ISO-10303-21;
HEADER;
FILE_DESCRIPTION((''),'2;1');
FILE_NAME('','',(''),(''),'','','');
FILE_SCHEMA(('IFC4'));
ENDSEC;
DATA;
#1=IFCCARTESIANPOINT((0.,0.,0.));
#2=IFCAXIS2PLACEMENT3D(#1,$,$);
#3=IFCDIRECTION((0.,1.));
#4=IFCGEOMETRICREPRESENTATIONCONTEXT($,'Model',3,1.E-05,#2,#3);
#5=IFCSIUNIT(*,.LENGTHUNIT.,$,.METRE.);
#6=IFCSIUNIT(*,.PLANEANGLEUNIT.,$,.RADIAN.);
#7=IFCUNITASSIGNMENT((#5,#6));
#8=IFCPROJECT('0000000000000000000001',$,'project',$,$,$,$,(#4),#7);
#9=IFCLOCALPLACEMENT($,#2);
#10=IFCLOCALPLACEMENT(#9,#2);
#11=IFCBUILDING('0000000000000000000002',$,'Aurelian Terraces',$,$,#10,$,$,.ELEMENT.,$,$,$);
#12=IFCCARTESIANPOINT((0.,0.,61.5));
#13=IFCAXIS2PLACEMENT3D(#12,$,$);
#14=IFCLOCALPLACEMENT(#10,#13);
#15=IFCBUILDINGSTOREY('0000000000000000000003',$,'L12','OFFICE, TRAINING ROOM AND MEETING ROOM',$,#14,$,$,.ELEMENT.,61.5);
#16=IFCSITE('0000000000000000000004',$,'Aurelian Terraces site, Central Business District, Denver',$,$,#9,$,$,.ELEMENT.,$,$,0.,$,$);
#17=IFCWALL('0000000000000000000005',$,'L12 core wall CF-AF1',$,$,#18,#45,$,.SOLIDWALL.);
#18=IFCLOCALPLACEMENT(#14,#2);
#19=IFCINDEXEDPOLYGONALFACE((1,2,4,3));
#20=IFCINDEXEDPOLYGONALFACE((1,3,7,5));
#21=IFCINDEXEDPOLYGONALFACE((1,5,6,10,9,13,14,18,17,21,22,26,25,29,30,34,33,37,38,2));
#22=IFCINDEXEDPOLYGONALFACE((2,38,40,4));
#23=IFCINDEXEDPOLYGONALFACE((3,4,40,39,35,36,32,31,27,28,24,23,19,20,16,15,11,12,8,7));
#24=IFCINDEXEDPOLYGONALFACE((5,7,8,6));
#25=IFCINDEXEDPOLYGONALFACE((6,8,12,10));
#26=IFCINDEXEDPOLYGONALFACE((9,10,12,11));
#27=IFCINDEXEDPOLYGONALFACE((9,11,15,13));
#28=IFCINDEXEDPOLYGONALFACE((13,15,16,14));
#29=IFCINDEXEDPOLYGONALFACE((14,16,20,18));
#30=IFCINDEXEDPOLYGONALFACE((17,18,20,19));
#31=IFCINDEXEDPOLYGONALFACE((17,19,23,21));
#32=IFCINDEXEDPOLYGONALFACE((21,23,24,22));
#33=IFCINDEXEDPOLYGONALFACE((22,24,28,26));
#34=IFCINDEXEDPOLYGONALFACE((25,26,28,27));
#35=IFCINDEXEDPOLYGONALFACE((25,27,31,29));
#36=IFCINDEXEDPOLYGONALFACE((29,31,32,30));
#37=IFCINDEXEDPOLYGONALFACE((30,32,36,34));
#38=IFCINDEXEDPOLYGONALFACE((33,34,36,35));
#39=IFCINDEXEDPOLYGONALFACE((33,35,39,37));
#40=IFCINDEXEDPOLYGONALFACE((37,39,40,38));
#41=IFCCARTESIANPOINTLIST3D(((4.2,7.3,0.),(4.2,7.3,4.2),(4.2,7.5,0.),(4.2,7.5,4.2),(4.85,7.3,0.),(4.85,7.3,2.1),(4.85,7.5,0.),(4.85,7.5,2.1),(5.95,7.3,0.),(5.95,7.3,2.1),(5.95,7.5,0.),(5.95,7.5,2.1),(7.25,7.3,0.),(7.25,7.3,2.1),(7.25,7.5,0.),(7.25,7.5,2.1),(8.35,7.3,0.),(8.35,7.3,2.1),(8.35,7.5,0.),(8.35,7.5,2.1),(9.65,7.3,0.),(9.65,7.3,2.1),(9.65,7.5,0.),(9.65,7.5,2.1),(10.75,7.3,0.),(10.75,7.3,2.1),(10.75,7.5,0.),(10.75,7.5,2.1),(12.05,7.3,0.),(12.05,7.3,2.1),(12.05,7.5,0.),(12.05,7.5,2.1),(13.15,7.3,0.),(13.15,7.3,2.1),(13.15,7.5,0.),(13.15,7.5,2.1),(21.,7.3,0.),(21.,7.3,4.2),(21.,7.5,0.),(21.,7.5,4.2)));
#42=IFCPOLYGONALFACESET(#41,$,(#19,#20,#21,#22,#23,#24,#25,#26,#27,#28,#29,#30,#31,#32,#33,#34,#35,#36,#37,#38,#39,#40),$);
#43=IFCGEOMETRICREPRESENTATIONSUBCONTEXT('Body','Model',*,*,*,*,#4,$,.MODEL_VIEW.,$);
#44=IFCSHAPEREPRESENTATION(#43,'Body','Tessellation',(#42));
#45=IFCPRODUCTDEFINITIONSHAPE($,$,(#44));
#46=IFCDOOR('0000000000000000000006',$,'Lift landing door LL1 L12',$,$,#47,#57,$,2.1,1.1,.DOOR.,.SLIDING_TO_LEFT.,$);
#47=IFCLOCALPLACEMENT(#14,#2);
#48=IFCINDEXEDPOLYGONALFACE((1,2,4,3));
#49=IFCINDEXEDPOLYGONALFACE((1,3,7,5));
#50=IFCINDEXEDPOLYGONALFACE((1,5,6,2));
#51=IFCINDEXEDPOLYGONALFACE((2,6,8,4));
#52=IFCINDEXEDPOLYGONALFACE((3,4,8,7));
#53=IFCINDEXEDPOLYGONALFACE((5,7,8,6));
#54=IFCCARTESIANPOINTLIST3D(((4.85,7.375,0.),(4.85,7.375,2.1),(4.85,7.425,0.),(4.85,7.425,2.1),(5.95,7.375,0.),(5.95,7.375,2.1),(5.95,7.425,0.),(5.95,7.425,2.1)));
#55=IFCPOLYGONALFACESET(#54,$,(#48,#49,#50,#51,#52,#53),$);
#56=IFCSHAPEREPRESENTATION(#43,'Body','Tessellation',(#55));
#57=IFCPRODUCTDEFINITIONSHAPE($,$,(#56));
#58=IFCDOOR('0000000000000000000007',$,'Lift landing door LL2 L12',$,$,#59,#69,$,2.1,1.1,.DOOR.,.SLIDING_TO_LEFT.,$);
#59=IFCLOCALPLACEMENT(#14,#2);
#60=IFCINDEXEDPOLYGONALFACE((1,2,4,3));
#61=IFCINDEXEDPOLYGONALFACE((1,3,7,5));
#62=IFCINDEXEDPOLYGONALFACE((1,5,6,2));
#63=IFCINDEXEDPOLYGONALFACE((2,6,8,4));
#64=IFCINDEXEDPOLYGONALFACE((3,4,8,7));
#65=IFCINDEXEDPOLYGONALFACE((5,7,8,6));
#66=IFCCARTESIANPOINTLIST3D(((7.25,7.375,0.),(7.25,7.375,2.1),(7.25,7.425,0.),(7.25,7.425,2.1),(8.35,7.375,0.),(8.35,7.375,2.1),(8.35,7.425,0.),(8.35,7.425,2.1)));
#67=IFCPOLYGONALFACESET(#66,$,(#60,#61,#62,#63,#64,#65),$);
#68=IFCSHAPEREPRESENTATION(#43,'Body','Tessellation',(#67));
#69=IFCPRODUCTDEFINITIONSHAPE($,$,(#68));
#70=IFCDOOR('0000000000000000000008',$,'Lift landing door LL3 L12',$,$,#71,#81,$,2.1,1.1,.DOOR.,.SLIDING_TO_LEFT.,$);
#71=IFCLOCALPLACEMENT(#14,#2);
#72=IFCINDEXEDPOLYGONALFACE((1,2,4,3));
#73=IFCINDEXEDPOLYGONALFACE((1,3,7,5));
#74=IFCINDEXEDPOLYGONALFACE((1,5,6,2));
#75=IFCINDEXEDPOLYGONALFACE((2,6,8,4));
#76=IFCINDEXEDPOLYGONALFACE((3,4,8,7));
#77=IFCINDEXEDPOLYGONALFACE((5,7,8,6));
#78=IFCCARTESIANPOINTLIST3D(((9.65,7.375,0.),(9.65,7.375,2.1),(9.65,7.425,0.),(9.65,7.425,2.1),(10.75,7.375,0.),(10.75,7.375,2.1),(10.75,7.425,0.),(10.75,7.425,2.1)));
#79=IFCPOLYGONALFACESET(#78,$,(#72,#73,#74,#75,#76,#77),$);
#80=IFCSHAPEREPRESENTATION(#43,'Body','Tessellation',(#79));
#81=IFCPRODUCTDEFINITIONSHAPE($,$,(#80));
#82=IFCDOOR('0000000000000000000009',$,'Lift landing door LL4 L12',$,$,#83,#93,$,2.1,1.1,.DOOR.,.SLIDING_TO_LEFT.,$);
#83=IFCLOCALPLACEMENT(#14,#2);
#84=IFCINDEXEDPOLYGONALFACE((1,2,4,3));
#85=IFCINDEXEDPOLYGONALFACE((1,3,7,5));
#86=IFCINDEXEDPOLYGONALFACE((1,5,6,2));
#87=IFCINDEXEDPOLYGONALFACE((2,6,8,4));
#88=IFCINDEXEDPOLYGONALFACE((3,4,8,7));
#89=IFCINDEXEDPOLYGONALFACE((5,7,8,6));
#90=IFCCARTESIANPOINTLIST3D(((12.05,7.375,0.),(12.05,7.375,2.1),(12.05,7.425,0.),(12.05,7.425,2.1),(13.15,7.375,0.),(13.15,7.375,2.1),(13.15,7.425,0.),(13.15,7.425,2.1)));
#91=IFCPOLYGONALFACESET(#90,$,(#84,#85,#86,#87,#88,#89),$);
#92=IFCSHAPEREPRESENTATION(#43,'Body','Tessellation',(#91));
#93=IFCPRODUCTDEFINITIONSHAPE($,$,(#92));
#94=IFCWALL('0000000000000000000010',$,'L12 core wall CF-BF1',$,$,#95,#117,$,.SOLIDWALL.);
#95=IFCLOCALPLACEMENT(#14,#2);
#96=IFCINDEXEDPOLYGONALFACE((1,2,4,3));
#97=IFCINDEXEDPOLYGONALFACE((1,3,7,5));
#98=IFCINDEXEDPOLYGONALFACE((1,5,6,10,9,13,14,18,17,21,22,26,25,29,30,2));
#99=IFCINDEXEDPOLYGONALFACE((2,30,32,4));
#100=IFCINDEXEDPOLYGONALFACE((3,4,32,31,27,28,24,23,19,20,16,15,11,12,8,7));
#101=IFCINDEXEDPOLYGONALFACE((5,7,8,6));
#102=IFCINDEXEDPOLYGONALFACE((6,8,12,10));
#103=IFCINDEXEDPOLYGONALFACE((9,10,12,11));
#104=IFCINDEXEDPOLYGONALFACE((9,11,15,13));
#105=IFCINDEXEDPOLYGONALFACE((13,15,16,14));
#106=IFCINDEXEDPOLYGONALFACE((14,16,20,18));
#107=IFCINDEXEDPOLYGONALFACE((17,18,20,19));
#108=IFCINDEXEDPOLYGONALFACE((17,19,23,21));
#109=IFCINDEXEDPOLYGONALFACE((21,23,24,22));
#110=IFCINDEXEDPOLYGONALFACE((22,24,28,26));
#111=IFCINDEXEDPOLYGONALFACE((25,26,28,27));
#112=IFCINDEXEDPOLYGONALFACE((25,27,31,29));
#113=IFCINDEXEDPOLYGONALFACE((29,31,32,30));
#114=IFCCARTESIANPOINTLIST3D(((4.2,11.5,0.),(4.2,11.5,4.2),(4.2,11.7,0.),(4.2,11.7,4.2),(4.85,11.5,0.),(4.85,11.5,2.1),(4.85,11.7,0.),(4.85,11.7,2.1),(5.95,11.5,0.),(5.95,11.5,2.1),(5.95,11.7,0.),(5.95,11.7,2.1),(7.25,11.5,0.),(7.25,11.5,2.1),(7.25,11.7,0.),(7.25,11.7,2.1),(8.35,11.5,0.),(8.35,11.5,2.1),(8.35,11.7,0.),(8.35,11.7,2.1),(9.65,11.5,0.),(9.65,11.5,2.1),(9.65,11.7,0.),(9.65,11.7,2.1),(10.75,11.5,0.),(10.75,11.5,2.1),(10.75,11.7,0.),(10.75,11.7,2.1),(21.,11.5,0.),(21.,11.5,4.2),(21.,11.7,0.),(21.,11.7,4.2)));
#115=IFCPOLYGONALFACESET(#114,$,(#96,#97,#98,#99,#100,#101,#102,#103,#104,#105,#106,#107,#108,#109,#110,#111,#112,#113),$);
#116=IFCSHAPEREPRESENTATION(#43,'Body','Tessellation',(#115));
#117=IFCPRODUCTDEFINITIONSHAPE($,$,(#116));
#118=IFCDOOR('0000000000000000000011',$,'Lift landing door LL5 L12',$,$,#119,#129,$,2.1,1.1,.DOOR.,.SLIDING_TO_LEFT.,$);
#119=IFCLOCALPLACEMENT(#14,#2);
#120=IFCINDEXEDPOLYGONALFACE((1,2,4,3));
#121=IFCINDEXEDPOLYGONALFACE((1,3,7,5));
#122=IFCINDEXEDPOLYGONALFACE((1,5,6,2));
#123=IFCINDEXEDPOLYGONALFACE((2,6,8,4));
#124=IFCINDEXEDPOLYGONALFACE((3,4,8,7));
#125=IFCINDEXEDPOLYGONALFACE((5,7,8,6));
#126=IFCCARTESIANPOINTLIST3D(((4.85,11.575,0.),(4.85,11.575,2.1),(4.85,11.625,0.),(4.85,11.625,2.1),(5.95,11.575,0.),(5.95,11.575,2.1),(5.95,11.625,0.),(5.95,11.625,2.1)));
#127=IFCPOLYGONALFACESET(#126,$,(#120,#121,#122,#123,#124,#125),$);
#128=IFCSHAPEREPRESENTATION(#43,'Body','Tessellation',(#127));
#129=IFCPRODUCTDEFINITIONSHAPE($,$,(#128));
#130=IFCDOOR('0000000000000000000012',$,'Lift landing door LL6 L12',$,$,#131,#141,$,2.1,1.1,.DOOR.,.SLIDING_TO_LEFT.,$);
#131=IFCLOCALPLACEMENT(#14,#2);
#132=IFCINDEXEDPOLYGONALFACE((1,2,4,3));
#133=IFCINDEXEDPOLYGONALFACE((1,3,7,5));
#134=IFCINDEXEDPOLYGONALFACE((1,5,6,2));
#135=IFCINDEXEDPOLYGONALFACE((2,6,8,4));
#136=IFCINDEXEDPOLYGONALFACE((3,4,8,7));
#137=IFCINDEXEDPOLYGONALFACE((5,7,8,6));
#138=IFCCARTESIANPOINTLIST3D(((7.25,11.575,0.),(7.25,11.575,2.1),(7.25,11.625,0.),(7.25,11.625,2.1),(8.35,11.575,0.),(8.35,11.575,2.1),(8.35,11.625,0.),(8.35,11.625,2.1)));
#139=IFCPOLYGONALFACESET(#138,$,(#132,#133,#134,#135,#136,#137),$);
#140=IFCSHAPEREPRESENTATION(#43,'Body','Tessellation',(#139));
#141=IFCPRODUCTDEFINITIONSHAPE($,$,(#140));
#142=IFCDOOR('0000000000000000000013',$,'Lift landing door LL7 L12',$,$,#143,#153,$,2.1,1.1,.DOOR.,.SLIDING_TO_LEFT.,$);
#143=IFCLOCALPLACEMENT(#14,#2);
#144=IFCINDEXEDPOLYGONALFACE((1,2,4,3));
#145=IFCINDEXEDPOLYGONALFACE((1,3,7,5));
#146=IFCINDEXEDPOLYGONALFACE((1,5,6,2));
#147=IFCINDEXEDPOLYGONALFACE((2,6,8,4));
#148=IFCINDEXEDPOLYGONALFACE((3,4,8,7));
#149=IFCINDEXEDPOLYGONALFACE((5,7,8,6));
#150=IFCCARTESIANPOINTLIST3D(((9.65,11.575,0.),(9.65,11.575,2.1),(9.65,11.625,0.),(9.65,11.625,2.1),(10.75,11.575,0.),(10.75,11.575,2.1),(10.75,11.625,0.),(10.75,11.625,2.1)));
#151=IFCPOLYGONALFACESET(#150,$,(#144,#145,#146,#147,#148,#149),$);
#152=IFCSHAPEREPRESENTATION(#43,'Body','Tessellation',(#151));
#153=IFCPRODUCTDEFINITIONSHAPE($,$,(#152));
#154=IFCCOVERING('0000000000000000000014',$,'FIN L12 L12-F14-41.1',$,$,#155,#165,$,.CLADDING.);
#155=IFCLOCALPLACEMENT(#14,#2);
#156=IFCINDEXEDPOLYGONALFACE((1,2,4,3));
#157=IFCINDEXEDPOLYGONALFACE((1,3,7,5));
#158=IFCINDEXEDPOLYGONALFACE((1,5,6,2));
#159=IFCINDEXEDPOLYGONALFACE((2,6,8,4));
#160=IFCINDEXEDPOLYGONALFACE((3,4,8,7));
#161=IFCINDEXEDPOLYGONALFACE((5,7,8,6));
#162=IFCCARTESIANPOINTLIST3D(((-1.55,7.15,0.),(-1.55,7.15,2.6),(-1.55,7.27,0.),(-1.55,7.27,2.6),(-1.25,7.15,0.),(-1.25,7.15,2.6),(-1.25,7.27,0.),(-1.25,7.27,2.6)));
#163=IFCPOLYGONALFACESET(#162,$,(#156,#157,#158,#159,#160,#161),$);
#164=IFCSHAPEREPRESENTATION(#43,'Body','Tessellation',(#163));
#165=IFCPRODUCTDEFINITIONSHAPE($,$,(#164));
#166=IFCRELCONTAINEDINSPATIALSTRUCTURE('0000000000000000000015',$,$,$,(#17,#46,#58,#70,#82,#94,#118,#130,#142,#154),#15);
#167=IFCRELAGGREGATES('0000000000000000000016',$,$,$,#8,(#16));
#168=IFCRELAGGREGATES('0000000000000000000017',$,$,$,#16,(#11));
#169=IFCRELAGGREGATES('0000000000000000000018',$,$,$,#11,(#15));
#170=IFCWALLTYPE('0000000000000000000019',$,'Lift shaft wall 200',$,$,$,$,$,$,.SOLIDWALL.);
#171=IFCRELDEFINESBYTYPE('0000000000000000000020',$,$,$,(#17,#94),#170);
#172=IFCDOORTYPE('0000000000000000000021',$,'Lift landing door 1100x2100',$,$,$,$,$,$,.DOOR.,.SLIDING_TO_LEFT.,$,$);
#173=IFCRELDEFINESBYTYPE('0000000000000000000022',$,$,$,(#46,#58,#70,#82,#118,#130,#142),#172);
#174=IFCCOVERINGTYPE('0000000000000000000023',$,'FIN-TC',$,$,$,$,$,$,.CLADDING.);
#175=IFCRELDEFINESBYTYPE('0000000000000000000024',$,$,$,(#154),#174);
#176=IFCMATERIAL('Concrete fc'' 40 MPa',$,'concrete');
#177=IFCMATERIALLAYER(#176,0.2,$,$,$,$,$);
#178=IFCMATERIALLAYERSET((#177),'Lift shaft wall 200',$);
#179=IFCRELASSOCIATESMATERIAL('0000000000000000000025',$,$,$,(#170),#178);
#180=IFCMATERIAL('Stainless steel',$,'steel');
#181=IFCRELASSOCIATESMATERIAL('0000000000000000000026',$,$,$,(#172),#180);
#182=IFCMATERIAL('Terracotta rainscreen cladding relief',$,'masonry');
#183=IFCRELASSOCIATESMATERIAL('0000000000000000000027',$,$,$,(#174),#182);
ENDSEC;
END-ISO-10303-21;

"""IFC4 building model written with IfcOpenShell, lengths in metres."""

from ifc_helpers import new_model, si_unit, direction, frame, frame_2d, origin, origin_2d, place, context, subcontext, project, spatial, rectangle, extrude, source, transform, mapped, material, layer, layer_set, type_object, element, fill, save


model = new_model("IFC4")

# Units and contexts
model_context = context("Model", 3, precision=1e-05, world=origin(), true_north=direction((0.0, 1.0)))
body_context = subcontext(model_context, "Body", "Model", "MODEL_VIEW")
ifc_project = project(units=[si_unit("LENGTHUNIT", "METRE"), si_unit("PLANEANGLEUNIT", "RADIAN")], contexts=[model_context])

# Site, building, storey
site_placement = place(None, origin())
site = spatial("IfcSite", under=ifc_project, at=site_placement, Name="Aurelian Terraces site, Central Business District, Denver", CompositionType="ELEMENT", RefElevation=0.0)
building_placement = place(site_placement, origin())
building = spatial("IfcBuilding", under=site, at=building_placement, Name="Aurelian Terraces", CompositionType="ELEMENT")
storey_placement = place(building_placement, frame((0.0, 0.0, 61.5)))
storey = spatial("IfcBuildingStorey", under=building, at=storey_placement, Name="L12", Description="OFFICE, TRAINING ROOM AND MEETING ROOM", CompositionType="ELEMENT", Elevation=61.5)

# Shared definitions
ifc_material_1 = material(Name="Concrete fc' 40 MPa", Category="concrete")

# Walls, openings, doors
ifc_layer_1 = layer(ifc_material_1, 0.2)
ifc_layer_set_1 = layer_set([ifc_layer_1], Name="Lift shaft wall 200")
wall_type_1 = type_object("IfcWallType", Name="Lift shaft wall 200", PredefinedType="SOLIDWALL", material=ifc_layer_set_1)
shared_shape_1 = source(origin(), body_context, "Body", "SweptSolid", [
    extrude(rectangle(XDim=16.8, YDim=0.2, at=frame_2d((8.4, 0.0))), origin(), (0.0, 0.0, 1.0), 4.2),
])
wall_1_placement = place(storey_placement, frame((4.2, 7.4, 0.0), z_axis=(0.0, 0.0, 1.0), x_axis=(1.0, 0.0, 0.0)))
wall_1 = element("IfcWall", 1, at=wall_1_placement, inside=storey, type_object=wall_type_1, Name="L12 core wall CF-AF1", PredefinedType="SOLIDWALL", context=body_context, shape_type="MappedRepresentation", body=[
    mapped(shared_shape_1, transform((0.0, 0.0, 0.0), scale=1.0)),
])
shared_shape_2 = source(origin(), body_context, "Body", "SweptSolid", [
    extrude(rectangle(XDim=1.1, YDim=2.1, at=frame_2d((0.55, 1.05))), frame((0.0, 0.11, 0.0), z_axis=(0.0, -1.0, 0.0), x_axis=(1.0, 0.0, 0.0)), (0.0, 0.0, 1.0), 0.22),
])
opening_1_placement = place(wall_1_placement, frame((0.65, 0.0, 0.0)))
opening_1 = element("IfcOpeningElement", 2, at=opening_1_placement, cuts=wall_1, PredefinedType="OPENING", context=body_context, shape_type="MappedRepresentation", body=[
    mapped(shared_shape_2, transform((0.0, 0.0, 0.0), scale=1.0)),
])
opening_2_placement = place(wall_1_placement, frame((3.05, 0.0, 0.0)))
opening_2 = element("IfcOpeningElement", 3, at=opening_2_placement, cuts=wall_1, PredefinedType="OPENING", context=body_context, shape_type="MappedRepresentation", body=[
    mapped(shared_shape_2, transform((0.0, 0.0, 0.0), scale=1.0)),
])
opening_3_placement = place(wall_1_placement, frame((5.45, 0.0, 0.0)))
opening_3 = element("IfcOpeningElement", 4, at=opening_3_placement, cuts=wall_1, PredefinedType="OPENING", context=body_context, shape_type="MappedRepresentation", body=[
    mapped(shared_shape_2, transform((0.0, 0.0, 0.0), scale=1.0)),
])
opening_4_placement = place(wall_1_placement, frame((7.85, 0.0, 0.0)))
opening_4 = element("IfcOpeningElement", 5, at=opening_4_placement, cuts=wall_1, PredefinedType="OPENING", context=body_context, shape_type="MappedRepresentation", body=[
    mapped(shared_shape_2, transform((0.0, 0.0, 0.0), scale=1.0)),
])
ifc_material_2 = material(Name="Stainless steel", Category="steel")
door_type_1 = type_object("IfcDoorType", Name="Lift landing door 1100x2100", OperationType="SLIDING_TO_LEFT", PredefinedType="DOOR", material=ifc_material_2)
shared_shape_3 = source(origin(), body_context, "Body", "SweptSolid", [
    extrude(rectangle(XDim=1.1, YDim=2.1, at=frame_2d((0.55, 1.05))), frame((0.0, 0.025, 0.0), z_axis=(0.0, -1.0, 0.0), x_axis=(1.0, 0.0, 0.0)), (0.0, 0.0, 1.0), 0.05),
])
door_1_placement = place(opening_1_placement, origin())
door_1 = element("IfcDoor", 6, at=door_1_placement, inside=storey, type_object=door_type_1, Name="Lift landing door LL1 L12", OperationType="SLIDING_TO_LEFT", OverallHeight=2.1, OverallWidth=1.1, PredefinedType="DOOR", context=body_context, shape_type="MappedRepresentation", body=[
    mapped(shared_shape_3, transform((0.0, 0.0, 0.0), scale=1.0)),
])
fill(opening_1, door_1)
door_2_placement = place(opening_2_placement, origin())
door_2 = element("IfcDoor", 7, at=door_2_placement, inside=storey, type_object=door_type_1, Name="Lift landing door LL2 L12", OperationType="SLIDING_TO_LEFT", OverallHeight=2.1, OverallWidth=1.1, PredefinedType="DOOR", context=body_context, shape_type="MappedRepresentation", body=[
    mapped(shared_shape_3, transform((0.0, 0.0, 0.0), scale=1.0)),
])
fill(opening_2, door_2)
door_3_placement = place(opening_3_placement, origin())
door_3 = element("IfcDoor", 8, at=door_3_placement, inside=storey, type_object=door_type_1, Name="Lift landing door LL3 L12", OperationType="SLIDING_TO_LEFT", OverallHeight=2.1, OverallWidth=1.1, PredefinedType="DOOR", context=body_context, shape_type="MappedRepresentation", body=[
    mapped(shared_shape_3, transform((0.0, 0.0, 0.0), scale=1.0)),
])
fill(opening_3, door_3)
door_4_placement = place(opening_4_placement, origin())
door_4 = element("IfcDoor", 9, at=door_4_placement, inside=storey, type_object=door_type_1, Name="Lift landing door LL4 L12", OperationType="SLIDING_TO_LEFT", OverallHeight=2.1, OverallWidth=1.1, PredefinedType="DOOR", context=body_context, shape_type="MappedRepresentation", body=[
    mapped(shared_shape_3, transform((0.0, 0.0, 0.0), scale=1.0)),
])
fill(opening_4, door_4)
wall_2_placement = place(storey_placement, frame((4.2, 11.6, 0.0), z_axis=(0.0, 0.0, 1.0), x_axis=(1.0, 0.0, 0.0)))
wall_2 = element("IfcWall", 10, at=wall_2_placement, inside=storey, type_object=wall_type_1, Name="L12 core wall CF-BF1", PredefinedType="SOLIDWALL", context=body_context, shape_type="MappedRepresentation", body=[
    mapped(shared_shape_1, transform((0.0, 0.0, 0.0), scale=1.0)),
])
opening_5_placement = place(wall_2_placement, frame((0.65, 0.0, 0.0)))
opening_5 = element("IfcOpeningElement", 11, at=opening_5_placement, cuts=wall_2, PredefinedType="OPENING", context=body_context, shape_type="MappedRepresentation", body=[
    mapped(shared_shape_2, transform((0.0, 0.0, 0.0), scale=1.0)),
])
opening_6_placement = place(wall_2_placement, frame((3.05, 0.0, 0.0)))
opening_6 = element("IfcOpeningElement", 12, at=opening_6_placement, cuts=wall_2, PredefinedType="OPENING", context=body_context, shape_type="MappedRepresentation", body=[
    mapped(shared_shape_2, transform((0.0, 0.0, 0.0), scale=1.0)),
])
opening_7_placement = place(wall_2_placement, frame((5.45, 0.0, 0.0)))
opening_7 = element("IfcOpeningElement", 13, at=opening_7_placement, cuts=wall_2, PredefinedType="OPENING", context=body_context, shape_type="MappedRepresentation", body=[
    mapped(shared_shape_2, transform((0.0, 0.0, 0.0), scale=1.0)),
])
door_5_placement = place(opening_5_placement, origin())
door_5 = element("IfcDoor", 14, at=door_5_placement, inside=storey, type_object=door_type_1, Name="Lift landing door LL5 L12", OperationType="SLIDING_TO_LEFT", OverallHeight=2.1, OverallWidth=1.1, PredefinedType="DOOR", context=body_context, shape_type="MappedRepresentation", body=[
    mapped(shared_shape_3, transform((0.0, 0.0, 0.0), scale=1.0)),
])
fill(opening_5, door_5)
door_6_placement = place(opening_6_placement, origin())
door_6 = element("IfcDoor", 15, at=door_6_placement, inside=storey, type_object=door_type_1, Name="Lift landing door LL6 L12", OperationType="SLIDING_TO_LEFT", OverallHeight=2.1, OverallWidth=1.1, PredefinedType="DOOR", context=body_context, shape_type="MappedRepresentation", body=[
    mapped(shared_shape_3, transform((0.0, 0.0, 0.0), scale=1.0)),
])
fill(opening_6, door_6)
door_7_placement = place(opening_7_placement, origin())
door_7 = element("IfcDoor", 16, at=door_7_placement, inside=storey, type_object=door_type_1, Name="Lift landing door LL7 L12", OperationType="SLIDING_TO_LEFT", OverallHeight=2.1, OverallWidth=1.1, PredefinedType="DOOR", context=body_context, shape_type="MappedRepresentation", body=[
    mapped(shared_shape_3, transform((0.0, 0.0, 0.0), scale=1.0)),
])
fill(opening_7, door_7)

# Covering
ifc_material_3 = material(Name="Terracotta rainscreen cladding relief", Category="masonry")
covering_type_1 = type_object("IfcCoveringType", Name="FIN-TC", PredefinedType="CLADDING", material=ifc_material_3)
shared_shape_4 = source(origin(), body_context, "Body", "SweptSolid", [
    extrude(rectangle(XDim=0.3, YDim=0.12, at=origin_2d()), origin(), (0.0, 0.0, 1.0), 2.6),
])
covering_1_placement = place(storey_placement, frame((-1.4, 7.21, 0.0), z_axis=(0.0, 0.0, 1.0), x_axis=(1.0, 0.0, 0.0)))
element("IfcCovering", 17, at=covering_1_placement, inside=storey, type_object=covering_type_1, Name="FIN L12 L12-F14-41.1", PredefinedType="CLADDING", context=body_context, shape_type="MappedRepresentation", body=[
    mapped(shared_shape_4, transform((0.0, 0.0, 0.0), scale=1.0)),
])

save(model, "model.ifc")
